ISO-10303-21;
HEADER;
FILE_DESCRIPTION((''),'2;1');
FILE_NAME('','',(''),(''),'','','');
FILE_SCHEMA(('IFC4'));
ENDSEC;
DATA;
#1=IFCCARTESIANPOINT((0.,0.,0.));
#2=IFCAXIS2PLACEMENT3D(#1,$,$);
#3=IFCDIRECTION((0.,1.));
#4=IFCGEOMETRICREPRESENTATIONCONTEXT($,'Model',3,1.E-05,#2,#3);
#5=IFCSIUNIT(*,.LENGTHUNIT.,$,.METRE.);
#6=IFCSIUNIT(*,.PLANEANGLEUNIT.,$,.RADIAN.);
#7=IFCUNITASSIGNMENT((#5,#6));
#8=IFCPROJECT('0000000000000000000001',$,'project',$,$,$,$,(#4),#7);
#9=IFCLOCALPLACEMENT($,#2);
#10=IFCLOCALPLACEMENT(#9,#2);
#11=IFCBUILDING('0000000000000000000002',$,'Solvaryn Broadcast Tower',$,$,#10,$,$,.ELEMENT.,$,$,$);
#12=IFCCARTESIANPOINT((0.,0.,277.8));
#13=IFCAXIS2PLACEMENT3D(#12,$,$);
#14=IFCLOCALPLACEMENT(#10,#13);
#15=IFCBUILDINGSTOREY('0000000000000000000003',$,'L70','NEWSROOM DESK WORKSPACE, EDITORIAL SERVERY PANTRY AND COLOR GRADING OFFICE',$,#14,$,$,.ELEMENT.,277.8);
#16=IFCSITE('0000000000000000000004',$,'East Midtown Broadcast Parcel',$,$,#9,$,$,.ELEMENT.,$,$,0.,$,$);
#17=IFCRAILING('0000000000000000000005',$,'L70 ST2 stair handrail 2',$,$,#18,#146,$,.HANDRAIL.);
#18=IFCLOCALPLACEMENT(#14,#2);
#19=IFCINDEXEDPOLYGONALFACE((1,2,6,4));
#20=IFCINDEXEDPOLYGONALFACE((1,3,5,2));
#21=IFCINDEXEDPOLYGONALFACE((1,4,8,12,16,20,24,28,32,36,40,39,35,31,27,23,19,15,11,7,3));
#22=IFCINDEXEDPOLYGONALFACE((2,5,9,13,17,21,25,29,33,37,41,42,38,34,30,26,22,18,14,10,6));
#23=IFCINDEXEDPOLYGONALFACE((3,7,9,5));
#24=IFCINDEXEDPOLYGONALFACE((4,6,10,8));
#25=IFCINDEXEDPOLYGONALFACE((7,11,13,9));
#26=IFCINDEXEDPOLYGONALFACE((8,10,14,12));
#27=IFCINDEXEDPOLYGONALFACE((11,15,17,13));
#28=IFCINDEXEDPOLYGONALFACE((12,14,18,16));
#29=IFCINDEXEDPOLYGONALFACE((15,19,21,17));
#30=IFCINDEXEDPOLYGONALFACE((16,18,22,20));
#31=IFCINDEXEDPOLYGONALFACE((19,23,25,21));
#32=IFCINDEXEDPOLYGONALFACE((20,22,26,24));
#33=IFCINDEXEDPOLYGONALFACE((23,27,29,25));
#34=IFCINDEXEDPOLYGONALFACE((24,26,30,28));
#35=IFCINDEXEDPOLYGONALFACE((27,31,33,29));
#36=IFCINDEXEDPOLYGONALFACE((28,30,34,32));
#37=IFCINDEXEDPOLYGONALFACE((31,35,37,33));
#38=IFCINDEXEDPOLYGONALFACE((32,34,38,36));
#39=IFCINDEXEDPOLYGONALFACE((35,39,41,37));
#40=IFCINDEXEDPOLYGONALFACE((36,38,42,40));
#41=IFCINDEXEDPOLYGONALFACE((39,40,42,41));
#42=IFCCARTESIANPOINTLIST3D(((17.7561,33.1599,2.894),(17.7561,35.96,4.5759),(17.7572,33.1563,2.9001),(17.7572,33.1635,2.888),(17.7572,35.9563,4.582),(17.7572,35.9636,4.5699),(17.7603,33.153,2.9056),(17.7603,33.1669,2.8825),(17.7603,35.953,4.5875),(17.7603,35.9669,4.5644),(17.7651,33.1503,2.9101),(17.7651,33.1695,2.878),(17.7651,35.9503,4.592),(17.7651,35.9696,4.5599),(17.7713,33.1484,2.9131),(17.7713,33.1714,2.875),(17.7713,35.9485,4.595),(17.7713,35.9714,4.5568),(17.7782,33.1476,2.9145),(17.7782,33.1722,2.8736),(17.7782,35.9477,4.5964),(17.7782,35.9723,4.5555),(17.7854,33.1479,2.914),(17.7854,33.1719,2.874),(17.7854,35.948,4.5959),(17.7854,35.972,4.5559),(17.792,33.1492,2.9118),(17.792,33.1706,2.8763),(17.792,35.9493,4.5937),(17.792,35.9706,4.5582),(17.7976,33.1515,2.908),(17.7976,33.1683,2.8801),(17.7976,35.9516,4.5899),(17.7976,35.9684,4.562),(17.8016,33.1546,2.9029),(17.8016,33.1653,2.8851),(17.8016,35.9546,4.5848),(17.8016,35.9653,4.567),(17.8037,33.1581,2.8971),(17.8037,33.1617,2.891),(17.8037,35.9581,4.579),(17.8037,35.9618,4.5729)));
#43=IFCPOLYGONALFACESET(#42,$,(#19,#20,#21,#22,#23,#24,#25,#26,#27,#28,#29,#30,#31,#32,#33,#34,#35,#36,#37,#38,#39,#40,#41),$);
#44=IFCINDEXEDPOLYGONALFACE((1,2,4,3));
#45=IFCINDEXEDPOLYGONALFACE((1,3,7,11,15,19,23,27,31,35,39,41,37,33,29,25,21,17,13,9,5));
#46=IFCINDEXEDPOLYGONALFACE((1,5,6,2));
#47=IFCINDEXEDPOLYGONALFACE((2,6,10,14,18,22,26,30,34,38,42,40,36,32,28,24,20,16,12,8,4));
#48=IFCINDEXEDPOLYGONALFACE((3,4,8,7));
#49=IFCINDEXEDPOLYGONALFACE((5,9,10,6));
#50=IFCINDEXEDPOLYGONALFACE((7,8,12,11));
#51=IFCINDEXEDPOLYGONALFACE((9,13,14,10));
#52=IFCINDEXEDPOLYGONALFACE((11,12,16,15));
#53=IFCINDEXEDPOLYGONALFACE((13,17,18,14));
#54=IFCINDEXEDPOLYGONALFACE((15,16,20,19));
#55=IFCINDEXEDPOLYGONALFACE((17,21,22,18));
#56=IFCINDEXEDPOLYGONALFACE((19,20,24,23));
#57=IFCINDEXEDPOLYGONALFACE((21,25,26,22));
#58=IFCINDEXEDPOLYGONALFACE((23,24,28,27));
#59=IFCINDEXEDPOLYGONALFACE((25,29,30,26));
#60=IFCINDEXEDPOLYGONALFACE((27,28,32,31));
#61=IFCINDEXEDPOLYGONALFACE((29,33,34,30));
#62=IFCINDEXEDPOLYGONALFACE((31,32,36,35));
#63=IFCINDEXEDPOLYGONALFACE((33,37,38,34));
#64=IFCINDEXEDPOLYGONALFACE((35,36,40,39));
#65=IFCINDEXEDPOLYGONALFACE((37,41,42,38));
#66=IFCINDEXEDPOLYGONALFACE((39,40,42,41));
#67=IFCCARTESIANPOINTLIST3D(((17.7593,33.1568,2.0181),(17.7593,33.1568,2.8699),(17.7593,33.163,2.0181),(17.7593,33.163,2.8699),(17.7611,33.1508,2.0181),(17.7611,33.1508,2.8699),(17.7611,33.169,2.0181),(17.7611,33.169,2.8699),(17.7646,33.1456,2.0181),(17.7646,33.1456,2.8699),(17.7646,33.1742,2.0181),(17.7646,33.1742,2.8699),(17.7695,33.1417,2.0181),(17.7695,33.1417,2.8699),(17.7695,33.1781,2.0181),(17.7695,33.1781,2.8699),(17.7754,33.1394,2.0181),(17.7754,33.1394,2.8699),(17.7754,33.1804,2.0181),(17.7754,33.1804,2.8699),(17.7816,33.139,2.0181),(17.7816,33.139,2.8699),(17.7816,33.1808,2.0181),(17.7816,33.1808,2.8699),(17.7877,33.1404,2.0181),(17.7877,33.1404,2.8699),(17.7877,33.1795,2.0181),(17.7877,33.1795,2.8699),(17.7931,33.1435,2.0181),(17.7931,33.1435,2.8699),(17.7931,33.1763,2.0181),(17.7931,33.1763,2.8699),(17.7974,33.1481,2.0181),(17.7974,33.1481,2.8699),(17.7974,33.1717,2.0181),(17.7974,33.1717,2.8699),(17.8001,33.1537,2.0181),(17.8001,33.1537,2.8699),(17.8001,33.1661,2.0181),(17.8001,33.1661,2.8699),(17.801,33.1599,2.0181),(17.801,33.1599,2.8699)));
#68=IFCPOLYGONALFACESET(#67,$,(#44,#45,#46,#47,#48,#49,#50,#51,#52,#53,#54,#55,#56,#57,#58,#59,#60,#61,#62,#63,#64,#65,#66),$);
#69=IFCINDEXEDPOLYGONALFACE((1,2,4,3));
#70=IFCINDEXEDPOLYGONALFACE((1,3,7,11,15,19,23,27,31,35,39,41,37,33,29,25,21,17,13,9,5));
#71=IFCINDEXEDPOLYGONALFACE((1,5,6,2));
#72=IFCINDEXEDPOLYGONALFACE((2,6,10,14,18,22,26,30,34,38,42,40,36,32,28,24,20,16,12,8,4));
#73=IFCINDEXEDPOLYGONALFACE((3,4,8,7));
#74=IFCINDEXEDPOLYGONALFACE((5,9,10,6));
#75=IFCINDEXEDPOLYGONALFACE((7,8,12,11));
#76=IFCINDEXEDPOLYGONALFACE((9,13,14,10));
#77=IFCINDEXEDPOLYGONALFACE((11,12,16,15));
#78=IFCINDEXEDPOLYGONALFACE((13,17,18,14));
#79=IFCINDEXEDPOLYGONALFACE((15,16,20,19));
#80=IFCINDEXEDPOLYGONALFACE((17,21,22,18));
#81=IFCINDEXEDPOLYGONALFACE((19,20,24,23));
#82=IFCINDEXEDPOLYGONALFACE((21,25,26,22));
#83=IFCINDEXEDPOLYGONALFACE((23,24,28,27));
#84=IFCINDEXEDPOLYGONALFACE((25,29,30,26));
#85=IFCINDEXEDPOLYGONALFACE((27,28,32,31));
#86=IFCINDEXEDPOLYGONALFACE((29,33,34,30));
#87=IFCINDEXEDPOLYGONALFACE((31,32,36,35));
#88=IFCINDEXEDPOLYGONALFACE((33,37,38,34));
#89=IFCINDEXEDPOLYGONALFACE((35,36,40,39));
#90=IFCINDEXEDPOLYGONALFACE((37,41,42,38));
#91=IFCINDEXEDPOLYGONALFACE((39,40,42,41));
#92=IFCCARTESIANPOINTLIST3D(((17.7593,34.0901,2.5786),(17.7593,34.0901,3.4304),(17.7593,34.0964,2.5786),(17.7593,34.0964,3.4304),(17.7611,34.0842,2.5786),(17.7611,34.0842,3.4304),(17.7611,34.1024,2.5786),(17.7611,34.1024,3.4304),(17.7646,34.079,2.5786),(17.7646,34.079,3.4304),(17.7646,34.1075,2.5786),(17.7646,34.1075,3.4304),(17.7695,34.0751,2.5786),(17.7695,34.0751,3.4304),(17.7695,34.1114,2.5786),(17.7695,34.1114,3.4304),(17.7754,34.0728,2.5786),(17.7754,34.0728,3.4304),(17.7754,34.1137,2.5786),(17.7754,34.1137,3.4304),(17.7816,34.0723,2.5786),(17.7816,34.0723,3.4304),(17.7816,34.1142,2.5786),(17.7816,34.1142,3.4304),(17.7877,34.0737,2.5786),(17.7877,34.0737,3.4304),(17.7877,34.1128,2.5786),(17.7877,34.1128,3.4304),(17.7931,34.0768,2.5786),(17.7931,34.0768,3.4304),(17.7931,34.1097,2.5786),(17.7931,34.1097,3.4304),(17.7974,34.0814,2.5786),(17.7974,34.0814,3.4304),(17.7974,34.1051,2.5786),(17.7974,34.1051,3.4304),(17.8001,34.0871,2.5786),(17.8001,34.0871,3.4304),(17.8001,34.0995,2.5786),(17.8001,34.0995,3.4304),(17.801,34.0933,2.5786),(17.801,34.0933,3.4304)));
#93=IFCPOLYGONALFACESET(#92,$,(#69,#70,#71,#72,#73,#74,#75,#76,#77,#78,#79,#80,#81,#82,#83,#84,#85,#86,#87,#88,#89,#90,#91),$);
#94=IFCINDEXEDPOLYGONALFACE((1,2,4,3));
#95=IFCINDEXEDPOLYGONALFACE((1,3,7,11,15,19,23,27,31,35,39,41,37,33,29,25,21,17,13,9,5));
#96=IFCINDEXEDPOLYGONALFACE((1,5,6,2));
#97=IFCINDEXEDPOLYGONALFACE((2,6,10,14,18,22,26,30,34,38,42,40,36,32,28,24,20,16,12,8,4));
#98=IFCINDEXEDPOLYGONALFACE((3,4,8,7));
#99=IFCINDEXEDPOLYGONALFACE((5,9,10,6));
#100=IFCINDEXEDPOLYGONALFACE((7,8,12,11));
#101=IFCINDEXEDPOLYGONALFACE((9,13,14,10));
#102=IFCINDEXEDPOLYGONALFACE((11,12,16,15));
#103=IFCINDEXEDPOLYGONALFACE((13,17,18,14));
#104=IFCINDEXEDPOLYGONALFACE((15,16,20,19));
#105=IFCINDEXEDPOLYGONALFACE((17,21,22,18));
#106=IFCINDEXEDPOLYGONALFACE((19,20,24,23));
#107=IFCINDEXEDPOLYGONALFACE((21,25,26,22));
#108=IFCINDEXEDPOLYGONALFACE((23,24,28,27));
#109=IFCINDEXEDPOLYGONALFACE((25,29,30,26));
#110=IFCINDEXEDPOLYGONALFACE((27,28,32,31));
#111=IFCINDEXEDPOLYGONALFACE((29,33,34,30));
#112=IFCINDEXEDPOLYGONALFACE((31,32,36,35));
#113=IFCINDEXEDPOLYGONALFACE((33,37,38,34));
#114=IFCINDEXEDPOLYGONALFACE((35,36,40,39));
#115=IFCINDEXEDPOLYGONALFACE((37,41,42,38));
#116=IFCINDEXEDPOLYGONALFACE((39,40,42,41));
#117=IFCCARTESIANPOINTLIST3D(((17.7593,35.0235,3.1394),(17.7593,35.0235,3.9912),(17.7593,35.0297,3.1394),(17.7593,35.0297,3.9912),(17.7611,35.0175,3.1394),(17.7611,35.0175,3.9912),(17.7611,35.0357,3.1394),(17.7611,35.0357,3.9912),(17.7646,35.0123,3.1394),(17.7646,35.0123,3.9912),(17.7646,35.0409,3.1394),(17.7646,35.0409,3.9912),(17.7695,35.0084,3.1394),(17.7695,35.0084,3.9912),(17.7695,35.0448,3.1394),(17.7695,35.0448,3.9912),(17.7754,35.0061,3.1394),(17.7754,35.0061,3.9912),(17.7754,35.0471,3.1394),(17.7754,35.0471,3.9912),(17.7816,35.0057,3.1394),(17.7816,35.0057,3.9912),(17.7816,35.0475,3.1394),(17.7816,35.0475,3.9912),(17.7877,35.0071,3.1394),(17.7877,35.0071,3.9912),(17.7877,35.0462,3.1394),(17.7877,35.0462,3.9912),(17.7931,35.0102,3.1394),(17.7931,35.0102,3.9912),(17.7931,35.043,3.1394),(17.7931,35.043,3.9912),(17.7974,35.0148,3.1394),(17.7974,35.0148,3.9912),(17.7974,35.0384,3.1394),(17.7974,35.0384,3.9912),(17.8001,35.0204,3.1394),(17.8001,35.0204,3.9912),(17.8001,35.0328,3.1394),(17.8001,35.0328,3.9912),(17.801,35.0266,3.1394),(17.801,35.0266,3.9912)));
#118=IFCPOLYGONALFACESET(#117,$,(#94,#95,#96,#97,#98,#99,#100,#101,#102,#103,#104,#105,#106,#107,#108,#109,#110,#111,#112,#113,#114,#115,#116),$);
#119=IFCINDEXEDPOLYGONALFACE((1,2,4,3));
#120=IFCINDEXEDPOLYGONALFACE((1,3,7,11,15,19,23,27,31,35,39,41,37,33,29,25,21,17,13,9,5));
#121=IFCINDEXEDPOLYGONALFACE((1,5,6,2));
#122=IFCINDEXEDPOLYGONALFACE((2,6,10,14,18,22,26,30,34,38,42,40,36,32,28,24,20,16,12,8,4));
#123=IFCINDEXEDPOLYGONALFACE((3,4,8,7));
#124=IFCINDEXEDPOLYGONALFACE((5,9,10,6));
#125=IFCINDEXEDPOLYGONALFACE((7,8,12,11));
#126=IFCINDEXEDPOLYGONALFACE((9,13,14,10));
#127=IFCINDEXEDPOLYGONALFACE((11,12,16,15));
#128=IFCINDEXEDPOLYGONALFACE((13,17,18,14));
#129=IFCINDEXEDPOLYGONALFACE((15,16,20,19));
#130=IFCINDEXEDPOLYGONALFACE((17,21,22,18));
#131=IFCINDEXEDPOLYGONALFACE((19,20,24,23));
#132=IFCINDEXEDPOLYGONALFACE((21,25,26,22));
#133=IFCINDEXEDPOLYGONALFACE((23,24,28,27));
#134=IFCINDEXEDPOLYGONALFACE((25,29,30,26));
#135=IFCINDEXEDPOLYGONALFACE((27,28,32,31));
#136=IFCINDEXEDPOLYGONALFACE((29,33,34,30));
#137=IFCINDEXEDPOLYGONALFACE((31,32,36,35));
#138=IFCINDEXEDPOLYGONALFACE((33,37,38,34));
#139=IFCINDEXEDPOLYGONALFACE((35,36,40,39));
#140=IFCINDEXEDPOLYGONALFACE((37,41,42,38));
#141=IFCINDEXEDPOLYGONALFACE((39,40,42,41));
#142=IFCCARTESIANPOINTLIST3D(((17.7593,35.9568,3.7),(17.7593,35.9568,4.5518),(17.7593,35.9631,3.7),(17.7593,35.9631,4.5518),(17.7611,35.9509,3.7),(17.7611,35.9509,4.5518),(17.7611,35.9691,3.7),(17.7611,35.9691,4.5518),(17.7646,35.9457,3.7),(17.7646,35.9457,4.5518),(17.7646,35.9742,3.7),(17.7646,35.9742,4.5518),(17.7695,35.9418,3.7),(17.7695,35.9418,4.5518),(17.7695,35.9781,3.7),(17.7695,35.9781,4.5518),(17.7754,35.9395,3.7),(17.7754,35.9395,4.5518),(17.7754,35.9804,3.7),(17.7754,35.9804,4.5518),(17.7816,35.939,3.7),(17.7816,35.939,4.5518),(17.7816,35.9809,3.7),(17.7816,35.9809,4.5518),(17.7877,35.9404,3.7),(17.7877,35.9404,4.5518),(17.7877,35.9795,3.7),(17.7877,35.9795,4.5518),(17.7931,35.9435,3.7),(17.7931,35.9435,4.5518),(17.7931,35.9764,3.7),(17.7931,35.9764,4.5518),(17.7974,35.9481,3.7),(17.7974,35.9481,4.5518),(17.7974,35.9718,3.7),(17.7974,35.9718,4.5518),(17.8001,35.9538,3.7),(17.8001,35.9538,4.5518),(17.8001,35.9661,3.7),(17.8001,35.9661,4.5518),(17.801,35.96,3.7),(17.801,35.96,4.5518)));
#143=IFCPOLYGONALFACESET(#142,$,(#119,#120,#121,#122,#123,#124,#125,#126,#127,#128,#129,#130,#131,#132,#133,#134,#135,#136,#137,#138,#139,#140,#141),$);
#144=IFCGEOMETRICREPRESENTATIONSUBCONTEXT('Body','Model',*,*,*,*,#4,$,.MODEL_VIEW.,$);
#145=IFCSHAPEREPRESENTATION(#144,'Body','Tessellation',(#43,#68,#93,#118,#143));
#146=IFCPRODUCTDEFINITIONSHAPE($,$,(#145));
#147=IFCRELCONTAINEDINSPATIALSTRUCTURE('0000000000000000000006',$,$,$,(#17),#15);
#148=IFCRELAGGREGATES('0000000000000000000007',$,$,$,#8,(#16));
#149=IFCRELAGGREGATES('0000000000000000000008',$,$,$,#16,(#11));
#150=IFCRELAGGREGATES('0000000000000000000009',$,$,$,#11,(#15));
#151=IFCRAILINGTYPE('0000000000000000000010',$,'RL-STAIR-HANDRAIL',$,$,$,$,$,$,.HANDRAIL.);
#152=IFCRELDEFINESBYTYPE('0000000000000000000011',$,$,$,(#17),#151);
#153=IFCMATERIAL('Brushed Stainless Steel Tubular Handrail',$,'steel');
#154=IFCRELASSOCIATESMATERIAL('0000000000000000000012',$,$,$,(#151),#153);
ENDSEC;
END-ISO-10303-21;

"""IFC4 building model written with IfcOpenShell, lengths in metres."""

from ifc_helpers import new_model, si_unit, direction, frame, origin, origin_2d, place, context, subcontext, project, spatial, circle, extrude, material, type_object, element, save


model = new_model("IFC4")

# Units and contexts
model_context = context("Model", 3, precision=1e-05, world=origin(), true_north=direction((0.0, 1.0)))
body_context = subcontext(model_context, "Body", "Model", "MODEL_VIEW")
ifc_project = project(units=[si_unit("LENGTHUNIT", "METRE"), si_unit("PLANEANGLEUNIT", "RADIAN")], contexts=[model_context])

# Site, building, storey
site_placement = place(None, origin())
site = spatial("IfcSite", under=ifc_project, at=site_placement, Name="East Midtown Broadcast Parcel", CompositionType="ELEMENT", RefElevation=0.0)
building_placement = place(site_placement, origin())
building = spatial("IfcBuilding", under=site, at=building_placement, Name="Solvaryn Broadcast Tower", CompositionType="ELEMENT")
storey_placement = place(building_placement, frame((0.0, 0.0, 277.8)))
storey = spatial("IfcBuildingStorey", under=building, at=storey_placement, Name="L70", Description="NEWSROOM DESK WORKSPACE, EDITORIAL SERVERY PANTRY AND COLOR GRADING OFFICE", CompositionType="ELEMENT", Elevation=277.8)

# Railing
ifc_material_1 = material(Name="Brushed Stainless Steel Tubular Handrail", Category="steel")
railing_type_1 = type_object("IfcRailingType", Name="RL-STAIR-HANDRAIL", PredefinedType="HANDRAIL", material=ifc_material_1)
railing_1_placement = place(storey_placement, frame((17.78, 33.1599, 2.0181)))
element("IfcRailing", 1, at=railing_1_placement, inside=storey, type_object=railing_type_1, Name="L70 ST2 stair handrail 2", PredefinedType="HANDRAIL", context=body_context, shape_type="SweptSolid", body=[
    extrude(circle(Radius=0.0239, at=origin_2d()), frame((0.0, 0.0, 0.876), z_axis=(0.0, 0.857242, 0.514913), x_axis=(-1.0, 0.0, 0.0)), (0.0, 0.0, 1.0), 3.2664),
    extrude(circle(Radius=0.021, at=origin_2d()), origin(), (0.0, 0.0, 1.0), 0.8518),
    extrude(circle(Radius=0.021, at=origin_2d()), frame((0.0, 0.9333, 0.5605)), (0.0, 0.0, 1.0), 0.8518),
    extrude(circle(Radius=0.021, at=origin_2d()), frame((0.0, 1.8667, 1.1213)), (0.0, 0.0, 1.0), 0.8518),
    extrude(circle(Radius=0.021, at=origin_2d()), frame((0.0, 2.8, 1.6819)), (0.0, 0.0, 1.0), 0.8518),
])

save(model, "model.ifc")
